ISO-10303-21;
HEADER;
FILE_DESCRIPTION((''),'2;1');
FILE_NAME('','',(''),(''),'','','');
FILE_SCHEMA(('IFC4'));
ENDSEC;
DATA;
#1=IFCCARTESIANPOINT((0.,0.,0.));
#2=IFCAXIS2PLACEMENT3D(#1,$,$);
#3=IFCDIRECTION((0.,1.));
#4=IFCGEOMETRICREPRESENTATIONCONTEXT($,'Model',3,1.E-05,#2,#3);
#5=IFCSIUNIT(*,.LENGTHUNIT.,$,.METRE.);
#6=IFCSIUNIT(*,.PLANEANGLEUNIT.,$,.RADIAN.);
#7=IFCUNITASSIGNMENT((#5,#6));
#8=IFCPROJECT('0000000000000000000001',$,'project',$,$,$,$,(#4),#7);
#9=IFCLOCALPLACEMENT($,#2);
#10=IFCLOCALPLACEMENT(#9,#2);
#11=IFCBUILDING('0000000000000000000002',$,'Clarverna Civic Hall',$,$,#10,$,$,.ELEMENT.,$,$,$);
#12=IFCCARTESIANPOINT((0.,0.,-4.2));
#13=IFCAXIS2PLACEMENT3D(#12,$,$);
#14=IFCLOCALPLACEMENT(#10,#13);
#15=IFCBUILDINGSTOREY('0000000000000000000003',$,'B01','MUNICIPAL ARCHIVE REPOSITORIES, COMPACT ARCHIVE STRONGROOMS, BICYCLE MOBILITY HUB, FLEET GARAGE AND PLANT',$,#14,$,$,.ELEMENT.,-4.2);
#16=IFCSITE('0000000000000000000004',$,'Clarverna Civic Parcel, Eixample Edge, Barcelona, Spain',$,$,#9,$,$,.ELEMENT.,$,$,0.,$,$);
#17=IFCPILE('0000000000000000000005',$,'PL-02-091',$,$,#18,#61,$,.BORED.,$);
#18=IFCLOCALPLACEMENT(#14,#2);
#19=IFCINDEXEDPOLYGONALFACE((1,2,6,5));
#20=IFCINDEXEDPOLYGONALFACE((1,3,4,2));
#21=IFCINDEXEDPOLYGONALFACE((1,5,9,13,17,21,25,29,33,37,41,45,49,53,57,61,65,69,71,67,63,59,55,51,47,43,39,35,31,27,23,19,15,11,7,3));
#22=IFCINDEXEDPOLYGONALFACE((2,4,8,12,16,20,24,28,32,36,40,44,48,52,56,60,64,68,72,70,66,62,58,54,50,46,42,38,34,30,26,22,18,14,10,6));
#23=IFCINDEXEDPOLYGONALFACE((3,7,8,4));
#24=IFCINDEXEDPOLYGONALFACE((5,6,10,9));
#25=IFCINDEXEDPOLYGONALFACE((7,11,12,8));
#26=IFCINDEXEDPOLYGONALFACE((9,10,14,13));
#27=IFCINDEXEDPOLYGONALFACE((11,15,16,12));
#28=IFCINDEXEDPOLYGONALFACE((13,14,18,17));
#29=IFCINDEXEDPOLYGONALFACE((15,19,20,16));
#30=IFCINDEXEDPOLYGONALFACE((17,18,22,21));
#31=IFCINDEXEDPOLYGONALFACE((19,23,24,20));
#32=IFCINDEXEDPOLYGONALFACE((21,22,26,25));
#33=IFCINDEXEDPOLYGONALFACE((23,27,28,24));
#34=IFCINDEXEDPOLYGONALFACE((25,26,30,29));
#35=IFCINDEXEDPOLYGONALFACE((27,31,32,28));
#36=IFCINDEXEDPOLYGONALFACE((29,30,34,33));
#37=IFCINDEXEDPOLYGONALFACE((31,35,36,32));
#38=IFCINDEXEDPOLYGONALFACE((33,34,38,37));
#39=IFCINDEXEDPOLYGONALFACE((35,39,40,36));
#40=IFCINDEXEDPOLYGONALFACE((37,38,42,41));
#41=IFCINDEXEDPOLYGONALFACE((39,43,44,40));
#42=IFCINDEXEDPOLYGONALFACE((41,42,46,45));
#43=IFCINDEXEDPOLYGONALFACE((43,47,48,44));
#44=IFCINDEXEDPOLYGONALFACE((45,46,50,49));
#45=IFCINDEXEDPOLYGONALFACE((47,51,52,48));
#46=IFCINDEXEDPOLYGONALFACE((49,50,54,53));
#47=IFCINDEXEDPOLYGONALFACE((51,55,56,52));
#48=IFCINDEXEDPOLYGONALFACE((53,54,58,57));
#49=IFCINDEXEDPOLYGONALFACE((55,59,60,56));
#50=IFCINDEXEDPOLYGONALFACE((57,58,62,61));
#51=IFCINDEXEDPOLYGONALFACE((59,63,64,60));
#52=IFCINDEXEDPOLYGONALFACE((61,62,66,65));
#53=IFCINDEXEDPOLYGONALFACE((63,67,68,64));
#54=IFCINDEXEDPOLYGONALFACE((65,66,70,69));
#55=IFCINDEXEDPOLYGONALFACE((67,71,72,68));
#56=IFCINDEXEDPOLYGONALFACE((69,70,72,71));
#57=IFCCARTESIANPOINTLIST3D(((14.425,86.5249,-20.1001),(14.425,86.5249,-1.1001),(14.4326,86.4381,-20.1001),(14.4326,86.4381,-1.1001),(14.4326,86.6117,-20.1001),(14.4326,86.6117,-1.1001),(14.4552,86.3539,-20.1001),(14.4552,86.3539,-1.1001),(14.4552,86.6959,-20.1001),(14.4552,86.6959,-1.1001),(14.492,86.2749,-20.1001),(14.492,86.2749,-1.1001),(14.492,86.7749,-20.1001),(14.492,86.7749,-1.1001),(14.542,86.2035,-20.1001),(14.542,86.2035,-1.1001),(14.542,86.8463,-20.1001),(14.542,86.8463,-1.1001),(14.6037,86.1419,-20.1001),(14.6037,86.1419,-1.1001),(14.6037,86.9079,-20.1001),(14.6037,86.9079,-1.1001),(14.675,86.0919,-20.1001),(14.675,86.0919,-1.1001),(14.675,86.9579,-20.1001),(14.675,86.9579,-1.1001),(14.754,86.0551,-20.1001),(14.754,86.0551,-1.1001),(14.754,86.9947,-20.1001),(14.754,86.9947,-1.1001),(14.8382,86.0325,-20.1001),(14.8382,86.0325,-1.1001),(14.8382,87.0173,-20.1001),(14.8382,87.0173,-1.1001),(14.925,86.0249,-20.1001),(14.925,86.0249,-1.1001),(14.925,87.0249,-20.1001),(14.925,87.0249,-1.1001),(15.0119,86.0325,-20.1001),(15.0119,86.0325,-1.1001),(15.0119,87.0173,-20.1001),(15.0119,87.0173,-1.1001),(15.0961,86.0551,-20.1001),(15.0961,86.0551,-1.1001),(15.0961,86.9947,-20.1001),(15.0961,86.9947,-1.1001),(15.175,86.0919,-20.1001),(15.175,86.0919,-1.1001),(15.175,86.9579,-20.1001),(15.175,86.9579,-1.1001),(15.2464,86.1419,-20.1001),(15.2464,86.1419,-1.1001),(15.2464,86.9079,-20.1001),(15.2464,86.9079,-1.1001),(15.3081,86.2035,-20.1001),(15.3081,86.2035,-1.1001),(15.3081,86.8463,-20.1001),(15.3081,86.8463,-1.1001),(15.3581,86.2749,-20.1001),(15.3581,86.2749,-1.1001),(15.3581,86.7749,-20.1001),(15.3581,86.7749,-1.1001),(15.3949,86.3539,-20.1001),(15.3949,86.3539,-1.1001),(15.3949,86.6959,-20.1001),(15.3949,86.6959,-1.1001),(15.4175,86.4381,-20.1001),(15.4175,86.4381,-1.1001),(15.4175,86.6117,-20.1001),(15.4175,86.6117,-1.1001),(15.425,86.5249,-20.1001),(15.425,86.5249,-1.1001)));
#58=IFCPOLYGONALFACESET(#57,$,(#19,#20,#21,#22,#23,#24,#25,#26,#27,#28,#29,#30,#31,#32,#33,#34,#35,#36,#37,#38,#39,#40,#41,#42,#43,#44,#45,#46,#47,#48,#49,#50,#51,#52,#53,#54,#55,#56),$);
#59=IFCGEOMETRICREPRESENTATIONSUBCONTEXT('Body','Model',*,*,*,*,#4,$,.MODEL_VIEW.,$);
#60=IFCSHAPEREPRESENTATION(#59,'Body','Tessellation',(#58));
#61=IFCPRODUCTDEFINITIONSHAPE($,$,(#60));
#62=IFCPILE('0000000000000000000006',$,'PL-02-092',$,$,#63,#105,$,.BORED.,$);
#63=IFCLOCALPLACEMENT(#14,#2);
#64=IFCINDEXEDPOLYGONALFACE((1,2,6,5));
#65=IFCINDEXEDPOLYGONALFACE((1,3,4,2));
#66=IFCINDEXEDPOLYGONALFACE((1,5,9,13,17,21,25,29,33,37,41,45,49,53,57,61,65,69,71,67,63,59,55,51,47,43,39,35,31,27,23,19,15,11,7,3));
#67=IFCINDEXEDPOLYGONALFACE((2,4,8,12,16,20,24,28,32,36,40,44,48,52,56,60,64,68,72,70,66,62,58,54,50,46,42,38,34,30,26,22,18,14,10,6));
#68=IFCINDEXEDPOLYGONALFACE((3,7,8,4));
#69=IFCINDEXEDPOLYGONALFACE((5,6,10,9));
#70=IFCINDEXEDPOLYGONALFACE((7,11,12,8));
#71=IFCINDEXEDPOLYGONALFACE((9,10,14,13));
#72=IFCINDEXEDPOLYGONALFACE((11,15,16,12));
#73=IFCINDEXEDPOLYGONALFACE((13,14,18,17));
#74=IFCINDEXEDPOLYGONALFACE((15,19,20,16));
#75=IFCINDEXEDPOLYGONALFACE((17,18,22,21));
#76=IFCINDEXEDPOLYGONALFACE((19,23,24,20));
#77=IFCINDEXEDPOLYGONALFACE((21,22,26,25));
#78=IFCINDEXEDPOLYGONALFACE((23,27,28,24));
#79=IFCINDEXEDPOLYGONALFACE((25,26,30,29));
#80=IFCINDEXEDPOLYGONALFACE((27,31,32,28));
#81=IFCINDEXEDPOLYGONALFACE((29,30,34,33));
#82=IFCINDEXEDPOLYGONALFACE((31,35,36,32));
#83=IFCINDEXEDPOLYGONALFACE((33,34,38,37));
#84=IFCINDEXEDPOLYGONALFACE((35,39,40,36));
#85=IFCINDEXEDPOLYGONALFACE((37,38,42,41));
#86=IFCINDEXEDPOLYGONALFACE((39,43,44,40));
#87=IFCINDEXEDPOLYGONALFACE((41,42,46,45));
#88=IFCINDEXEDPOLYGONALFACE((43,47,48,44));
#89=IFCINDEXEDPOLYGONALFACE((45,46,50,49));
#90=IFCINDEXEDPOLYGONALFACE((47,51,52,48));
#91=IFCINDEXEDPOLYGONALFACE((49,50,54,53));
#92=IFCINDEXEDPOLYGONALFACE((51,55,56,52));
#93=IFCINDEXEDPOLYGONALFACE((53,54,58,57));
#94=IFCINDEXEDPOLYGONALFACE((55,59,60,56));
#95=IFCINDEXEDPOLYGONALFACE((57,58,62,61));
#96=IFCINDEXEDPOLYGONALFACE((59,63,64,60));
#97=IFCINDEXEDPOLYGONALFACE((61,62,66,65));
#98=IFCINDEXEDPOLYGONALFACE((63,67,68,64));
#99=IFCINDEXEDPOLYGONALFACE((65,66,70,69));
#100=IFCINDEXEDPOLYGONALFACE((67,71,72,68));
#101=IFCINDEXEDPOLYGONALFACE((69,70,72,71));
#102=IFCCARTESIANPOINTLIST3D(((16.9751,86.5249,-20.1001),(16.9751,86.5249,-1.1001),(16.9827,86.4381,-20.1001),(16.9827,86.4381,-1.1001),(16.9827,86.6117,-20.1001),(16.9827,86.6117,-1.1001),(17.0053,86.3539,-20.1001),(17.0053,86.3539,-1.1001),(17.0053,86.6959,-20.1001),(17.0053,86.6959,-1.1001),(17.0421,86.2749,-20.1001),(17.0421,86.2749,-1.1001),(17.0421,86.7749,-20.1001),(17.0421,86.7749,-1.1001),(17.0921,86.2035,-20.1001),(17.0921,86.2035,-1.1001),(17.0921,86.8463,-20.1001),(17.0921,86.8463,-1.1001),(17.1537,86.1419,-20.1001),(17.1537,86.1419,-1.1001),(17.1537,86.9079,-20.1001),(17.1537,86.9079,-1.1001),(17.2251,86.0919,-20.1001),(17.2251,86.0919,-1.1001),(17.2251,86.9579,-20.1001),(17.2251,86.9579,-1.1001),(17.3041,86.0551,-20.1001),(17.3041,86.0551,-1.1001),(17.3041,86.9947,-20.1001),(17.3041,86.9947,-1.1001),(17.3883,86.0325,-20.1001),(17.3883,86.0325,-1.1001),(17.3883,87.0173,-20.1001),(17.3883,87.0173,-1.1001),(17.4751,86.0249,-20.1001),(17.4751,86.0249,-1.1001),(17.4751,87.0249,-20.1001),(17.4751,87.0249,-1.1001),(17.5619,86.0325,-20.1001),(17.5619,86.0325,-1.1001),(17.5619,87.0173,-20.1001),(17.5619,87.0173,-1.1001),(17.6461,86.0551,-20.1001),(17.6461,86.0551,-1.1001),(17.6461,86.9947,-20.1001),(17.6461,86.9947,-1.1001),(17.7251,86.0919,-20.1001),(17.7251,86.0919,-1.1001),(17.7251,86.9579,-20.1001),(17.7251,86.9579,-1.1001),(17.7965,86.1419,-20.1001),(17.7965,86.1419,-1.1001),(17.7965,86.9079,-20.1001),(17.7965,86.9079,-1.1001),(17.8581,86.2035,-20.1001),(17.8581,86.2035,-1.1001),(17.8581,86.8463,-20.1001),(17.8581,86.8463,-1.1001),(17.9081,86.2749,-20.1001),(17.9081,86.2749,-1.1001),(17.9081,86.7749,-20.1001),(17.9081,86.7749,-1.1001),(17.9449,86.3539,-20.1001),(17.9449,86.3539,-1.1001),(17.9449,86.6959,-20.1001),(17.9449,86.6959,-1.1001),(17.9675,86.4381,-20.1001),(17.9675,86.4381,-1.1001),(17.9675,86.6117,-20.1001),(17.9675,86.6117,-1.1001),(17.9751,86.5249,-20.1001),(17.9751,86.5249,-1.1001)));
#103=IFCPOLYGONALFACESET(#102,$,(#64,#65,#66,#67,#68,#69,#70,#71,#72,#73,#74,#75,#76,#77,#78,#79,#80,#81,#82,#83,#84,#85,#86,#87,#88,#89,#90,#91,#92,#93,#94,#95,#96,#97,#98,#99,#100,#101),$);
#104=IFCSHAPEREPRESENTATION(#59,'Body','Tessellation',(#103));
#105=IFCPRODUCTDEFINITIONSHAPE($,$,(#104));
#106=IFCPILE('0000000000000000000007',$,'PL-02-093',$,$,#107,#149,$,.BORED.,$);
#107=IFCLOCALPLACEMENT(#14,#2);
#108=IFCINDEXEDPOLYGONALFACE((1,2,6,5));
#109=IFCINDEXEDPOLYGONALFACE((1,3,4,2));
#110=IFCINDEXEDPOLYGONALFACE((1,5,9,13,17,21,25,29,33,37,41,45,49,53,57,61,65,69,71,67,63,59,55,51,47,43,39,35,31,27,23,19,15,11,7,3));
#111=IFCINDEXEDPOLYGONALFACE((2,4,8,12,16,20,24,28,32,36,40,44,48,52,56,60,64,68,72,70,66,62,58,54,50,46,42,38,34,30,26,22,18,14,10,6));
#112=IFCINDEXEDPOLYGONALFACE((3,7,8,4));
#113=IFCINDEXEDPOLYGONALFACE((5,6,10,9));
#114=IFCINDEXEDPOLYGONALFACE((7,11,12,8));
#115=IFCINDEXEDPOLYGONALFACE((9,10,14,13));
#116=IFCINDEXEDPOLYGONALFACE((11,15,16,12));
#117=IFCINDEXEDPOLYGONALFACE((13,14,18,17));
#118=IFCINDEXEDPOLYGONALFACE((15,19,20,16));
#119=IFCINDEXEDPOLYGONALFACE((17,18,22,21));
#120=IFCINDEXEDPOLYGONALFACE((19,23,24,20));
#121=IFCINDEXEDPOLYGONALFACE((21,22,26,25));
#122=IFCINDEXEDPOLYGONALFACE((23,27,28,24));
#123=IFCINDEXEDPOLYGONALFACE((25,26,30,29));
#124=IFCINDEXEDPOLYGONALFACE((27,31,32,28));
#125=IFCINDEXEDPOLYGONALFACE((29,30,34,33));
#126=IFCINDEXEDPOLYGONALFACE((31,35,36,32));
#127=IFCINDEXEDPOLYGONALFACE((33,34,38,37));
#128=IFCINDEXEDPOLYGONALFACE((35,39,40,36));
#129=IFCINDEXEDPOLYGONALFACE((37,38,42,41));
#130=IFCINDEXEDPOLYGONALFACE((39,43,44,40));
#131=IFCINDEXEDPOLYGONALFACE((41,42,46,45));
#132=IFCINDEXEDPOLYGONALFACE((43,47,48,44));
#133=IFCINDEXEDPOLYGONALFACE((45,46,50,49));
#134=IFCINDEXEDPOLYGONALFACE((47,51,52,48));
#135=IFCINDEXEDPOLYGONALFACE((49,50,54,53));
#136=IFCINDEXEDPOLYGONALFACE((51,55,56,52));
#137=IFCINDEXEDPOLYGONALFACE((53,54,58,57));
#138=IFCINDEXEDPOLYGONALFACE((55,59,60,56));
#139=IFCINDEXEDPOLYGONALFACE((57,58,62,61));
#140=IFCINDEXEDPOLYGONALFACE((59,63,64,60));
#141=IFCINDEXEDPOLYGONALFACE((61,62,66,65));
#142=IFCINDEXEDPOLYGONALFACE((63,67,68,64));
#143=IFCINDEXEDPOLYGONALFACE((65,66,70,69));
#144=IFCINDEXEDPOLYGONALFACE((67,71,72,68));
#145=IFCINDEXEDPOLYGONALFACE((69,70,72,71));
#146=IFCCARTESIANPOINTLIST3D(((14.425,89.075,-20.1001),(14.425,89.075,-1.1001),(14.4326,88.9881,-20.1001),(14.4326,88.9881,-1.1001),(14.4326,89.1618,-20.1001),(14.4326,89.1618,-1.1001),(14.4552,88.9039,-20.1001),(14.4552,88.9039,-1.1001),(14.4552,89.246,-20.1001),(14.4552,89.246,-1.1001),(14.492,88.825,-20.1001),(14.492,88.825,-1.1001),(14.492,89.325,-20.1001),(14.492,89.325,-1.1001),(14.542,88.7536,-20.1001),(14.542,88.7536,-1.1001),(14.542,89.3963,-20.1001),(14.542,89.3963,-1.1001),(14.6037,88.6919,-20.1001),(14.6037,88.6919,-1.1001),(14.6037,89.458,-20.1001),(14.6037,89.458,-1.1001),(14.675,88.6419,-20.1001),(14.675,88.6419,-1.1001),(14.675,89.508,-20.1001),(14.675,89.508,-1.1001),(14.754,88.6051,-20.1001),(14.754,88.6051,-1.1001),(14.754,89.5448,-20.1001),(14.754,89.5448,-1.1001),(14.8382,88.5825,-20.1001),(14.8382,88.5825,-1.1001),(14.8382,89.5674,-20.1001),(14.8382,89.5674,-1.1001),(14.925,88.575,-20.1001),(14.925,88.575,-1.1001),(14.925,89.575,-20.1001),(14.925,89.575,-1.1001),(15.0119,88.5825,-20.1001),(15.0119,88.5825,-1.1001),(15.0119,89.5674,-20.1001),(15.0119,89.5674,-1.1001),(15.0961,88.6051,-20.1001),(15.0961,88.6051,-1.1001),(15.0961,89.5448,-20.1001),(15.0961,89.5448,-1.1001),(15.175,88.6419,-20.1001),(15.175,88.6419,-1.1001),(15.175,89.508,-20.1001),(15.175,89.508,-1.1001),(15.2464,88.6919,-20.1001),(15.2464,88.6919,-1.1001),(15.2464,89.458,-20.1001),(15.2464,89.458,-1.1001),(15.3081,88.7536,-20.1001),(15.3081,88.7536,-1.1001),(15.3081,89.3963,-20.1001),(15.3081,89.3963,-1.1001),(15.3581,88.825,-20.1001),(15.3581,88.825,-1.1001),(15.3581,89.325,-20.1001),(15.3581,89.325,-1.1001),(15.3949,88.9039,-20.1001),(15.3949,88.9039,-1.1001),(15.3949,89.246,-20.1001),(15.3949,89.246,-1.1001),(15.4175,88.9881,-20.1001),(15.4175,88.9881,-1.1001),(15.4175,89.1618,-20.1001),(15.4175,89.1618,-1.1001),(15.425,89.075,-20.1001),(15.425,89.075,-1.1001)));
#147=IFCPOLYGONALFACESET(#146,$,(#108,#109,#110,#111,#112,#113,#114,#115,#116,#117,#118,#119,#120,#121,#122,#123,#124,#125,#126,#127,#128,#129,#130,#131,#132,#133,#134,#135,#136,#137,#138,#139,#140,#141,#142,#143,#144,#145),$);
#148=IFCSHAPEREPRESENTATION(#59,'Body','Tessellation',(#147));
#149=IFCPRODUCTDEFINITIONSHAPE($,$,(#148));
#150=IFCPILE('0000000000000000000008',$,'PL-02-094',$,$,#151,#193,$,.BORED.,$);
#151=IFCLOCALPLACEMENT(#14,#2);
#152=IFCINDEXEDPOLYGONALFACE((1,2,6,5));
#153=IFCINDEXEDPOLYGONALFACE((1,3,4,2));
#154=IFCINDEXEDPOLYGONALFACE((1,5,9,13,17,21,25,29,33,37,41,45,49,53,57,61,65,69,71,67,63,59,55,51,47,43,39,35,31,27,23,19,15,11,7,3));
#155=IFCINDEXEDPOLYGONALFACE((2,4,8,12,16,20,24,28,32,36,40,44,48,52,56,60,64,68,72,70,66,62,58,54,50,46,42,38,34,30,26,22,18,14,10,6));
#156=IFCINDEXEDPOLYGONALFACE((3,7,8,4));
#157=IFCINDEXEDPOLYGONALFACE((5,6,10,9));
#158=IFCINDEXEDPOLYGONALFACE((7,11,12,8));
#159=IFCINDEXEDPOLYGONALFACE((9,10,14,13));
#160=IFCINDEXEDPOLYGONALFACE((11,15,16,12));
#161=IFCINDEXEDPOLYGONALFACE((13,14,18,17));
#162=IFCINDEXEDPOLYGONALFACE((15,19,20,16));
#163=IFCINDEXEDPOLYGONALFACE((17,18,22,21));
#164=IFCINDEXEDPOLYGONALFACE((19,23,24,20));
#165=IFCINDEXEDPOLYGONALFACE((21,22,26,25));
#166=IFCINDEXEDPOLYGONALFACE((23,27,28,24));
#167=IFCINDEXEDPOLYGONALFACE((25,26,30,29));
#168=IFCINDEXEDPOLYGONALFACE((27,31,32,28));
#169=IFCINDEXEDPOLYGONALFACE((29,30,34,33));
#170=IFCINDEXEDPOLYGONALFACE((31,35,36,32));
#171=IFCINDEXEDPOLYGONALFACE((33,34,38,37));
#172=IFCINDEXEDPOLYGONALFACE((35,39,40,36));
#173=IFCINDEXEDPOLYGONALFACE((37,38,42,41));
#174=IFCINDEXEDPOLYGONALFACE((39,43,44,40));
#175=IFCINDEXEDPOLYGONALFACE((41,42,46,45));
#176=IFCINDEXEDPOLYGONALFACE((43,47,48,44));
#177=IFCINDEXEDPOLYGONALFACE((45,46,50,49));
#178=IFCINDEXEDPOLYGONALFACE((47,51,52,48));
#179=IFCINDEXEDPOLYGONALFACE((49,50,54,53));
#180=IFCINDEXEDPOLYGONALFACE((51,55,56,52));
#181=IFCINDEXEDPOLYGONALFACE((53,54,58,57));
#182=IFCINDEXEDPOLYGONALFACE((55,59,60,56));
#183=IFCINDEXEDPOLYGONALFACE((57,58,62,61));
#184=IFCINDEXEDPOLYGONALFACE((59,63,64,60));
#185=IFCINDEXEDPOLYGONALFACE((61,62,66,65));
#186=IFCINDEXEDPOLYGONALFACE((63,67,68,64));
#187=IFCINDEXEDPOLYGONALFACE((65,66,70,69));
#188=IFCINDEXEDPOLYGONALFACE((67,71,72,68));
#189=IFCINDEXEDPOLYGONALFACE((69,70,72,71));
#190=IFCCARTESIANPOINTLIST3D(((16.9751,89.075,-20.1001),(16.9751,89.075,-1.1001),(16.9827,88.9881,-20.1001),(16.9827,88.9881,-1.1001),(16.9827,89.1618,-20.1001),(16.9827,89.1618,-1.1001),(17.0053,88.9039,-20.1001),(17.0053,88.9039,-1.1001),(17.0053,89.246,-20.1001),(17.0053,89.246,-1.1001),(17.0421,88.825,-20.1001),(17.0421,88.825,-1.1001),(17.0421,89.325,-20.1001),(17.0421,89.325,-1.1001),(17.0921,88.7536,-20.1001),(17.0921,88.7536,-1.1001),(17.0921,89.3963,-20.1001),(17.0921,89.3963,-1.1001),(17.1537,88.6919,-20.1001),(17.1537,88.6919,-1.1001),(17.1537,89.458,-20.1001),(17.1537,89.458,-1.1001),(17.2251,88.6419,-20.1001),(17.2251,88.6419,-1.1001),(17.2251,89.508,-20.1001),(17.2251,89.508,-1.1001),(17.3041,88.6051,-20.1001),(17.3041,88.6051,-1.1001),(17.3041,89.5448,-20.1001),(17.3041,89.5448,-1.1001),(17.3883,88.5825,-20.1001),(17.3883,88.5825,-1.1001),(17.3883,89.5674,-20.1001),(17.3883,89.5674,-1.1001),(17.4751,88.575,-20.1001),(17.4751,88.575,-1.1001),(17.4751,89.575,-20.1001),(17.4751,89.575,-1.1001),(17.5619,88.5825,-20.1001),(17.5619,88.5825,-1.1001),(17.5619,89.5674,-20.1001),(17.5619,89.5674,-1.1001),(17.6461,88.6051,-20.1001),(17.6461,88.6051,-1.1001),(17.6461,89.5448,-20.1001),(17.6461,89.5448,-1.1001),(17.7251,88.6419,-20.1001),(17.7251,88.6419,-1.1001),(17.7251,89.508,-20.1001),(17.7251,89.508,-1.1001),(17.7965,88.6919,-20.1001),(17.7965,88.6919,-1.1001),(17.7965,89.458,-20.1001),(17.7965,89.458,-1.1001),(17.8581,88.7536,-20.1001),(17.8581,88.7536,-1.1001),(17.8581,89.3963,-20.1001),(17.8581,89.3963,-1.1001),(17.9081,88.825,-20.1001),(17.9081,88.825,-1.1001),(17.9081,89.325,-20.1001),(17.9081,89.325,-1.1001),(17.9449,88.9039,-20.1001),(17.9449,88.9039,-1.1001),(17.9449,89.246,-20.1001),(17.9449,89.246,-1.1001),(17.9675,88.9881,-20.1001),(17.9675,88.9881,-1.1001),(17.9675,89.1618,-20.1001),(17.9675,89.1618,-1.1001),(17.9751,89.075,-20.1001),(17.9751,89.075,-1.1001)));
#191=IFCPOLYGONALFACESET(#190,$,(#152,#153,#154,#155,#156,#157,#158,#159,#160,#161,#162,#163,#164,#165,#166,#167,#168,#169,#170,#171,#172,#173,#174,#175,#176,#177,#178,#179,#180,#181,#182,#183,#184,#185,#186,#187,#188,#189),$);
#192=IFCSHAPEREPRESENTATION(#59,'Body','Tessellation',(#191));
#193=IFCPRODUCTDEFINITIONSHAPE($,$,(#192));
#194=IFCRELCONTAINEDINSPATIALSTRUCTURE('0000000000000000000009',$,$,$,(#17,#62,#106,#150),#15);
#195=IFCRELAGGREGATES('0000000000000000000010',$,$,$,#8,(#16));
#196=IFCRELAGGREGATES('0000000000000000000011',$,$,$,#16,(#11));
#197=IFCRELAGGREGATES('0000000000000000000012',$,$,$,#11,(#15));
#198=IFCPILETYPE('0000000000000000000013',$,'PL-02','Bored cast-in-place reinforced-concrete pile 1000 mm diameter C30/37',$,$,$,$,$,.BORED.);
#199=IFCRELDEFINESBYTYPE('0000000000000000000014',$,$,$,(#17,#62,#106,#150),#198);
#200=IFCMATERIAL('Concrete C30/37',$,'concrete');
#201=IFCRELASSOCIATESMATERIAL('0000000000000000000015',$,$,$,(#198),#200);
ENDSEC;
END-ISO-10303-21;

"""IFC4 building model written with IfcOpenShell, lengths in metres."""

from ifc_helpers import new_model, si_unit, direction, frame, origin, origin_2d, place, context, subcontext, project, spatial, circle, extrude, material, material_profile, profile_set, type_object, element, save


model = new_model("IFC4")

# Units and contexts
model_context = context("Model", 3, precision=1e-05, world=origin(), true_north=direction((0.0, 1.0)))
body_context = subcontext(model_context, "Body", "Model", "MODEL_VIEW")
ifc_project = project(units=[si_unit("LENGTHUNIT", "METRE"), si_unit("PLANEANGLEUNIT", "RADIAN")], contexts=[model_context])

# Site, building, storey
site_placement = place(None, origin())
site = spatial("IfcSite", under=ifc_project, at=site_placement, Name="Clarverna Civic Parcel, Eixample Edge, Barcelona, Spain", CompositionType="ELEMENT", RefElevation=0.0)
building_placement = place(site_placement, origin())
building = spatial("IfcBuilding", under=site, at=building_placement, Name="Clarverna Civic Hall", CompositionType="ELEMENT")
storey_placement = place(building_placement, frame((0.0, 0.0, -4.2)))
storey = spatial("IfcBuildingStorey", under=building, at=storey_placement, Name="B01", Description="MUNICIPAL ARCHIVE REPOSITORIES, COMPACT ARCHIVE STRONGROOMS, BICYCLE MOBILITY HUB, FLEET GARAGE AND PLANT", CompositionType="ELEMENT", Elevation=-4.2)

# Shared definitions
ifc_material_1 = material(Name="Concrete C30/37", Category="concrete")

# Piles
ifc_material_profile_1 = material_profile(ifc_material_1, circle(Radius=0.5, at=origin_2d()), Name="BORED PILE D1000")
ifc_profile_set_1 = profile_set([ifc_material_profile_1], Name="Concrete C30/37")
pile_type_1 = type_object("IfcPileType", Name="PL-02", Description="Bored cast-in-place reinforced-concrete pile 1000 mm diameter C30/37", PredefinedType="BORED", material=ifc_profile_set_1)
for number, where, z_axis, x_axis, name in (
    (1, (14.925, 86.5249, -1.1001), (0.0, 0.0, -1.0), (1.0, 0.0, 0.0), "PL-02-091"),
    (2, (17.4751, 86.5249, -1.1001), (0.0, 0.0, -1.0), (1.0, 0.0, 0.0), "PL-02-092"),
    (3, (14.925, 89.075, -1.1001), (0.0, 0.0, -1.0), (1.0, 0.0, 0.0), "PL-02-093"),
    (4, (17.4751, 89.075, -1.1001), (0.0, 0.0, -1.0), (1.0, 0.0, 0.0), "PL-02-094"),
):
    element("IfcPile", number, at=place(storey_placement, frame(where, z_axis=z_axis, x_axis=x_axis)), inside=storey, type_object=pile_type_1, Name=name, PredefinedType="BORED", context=body_context, shape_type="SweptSolid", body=[
        extrude(circle(Radius=0.5, at=origin_2d()), origin(), (0.0, 0.0, 1.0), 19.0),
    ])

save(model, "model.ifc")
